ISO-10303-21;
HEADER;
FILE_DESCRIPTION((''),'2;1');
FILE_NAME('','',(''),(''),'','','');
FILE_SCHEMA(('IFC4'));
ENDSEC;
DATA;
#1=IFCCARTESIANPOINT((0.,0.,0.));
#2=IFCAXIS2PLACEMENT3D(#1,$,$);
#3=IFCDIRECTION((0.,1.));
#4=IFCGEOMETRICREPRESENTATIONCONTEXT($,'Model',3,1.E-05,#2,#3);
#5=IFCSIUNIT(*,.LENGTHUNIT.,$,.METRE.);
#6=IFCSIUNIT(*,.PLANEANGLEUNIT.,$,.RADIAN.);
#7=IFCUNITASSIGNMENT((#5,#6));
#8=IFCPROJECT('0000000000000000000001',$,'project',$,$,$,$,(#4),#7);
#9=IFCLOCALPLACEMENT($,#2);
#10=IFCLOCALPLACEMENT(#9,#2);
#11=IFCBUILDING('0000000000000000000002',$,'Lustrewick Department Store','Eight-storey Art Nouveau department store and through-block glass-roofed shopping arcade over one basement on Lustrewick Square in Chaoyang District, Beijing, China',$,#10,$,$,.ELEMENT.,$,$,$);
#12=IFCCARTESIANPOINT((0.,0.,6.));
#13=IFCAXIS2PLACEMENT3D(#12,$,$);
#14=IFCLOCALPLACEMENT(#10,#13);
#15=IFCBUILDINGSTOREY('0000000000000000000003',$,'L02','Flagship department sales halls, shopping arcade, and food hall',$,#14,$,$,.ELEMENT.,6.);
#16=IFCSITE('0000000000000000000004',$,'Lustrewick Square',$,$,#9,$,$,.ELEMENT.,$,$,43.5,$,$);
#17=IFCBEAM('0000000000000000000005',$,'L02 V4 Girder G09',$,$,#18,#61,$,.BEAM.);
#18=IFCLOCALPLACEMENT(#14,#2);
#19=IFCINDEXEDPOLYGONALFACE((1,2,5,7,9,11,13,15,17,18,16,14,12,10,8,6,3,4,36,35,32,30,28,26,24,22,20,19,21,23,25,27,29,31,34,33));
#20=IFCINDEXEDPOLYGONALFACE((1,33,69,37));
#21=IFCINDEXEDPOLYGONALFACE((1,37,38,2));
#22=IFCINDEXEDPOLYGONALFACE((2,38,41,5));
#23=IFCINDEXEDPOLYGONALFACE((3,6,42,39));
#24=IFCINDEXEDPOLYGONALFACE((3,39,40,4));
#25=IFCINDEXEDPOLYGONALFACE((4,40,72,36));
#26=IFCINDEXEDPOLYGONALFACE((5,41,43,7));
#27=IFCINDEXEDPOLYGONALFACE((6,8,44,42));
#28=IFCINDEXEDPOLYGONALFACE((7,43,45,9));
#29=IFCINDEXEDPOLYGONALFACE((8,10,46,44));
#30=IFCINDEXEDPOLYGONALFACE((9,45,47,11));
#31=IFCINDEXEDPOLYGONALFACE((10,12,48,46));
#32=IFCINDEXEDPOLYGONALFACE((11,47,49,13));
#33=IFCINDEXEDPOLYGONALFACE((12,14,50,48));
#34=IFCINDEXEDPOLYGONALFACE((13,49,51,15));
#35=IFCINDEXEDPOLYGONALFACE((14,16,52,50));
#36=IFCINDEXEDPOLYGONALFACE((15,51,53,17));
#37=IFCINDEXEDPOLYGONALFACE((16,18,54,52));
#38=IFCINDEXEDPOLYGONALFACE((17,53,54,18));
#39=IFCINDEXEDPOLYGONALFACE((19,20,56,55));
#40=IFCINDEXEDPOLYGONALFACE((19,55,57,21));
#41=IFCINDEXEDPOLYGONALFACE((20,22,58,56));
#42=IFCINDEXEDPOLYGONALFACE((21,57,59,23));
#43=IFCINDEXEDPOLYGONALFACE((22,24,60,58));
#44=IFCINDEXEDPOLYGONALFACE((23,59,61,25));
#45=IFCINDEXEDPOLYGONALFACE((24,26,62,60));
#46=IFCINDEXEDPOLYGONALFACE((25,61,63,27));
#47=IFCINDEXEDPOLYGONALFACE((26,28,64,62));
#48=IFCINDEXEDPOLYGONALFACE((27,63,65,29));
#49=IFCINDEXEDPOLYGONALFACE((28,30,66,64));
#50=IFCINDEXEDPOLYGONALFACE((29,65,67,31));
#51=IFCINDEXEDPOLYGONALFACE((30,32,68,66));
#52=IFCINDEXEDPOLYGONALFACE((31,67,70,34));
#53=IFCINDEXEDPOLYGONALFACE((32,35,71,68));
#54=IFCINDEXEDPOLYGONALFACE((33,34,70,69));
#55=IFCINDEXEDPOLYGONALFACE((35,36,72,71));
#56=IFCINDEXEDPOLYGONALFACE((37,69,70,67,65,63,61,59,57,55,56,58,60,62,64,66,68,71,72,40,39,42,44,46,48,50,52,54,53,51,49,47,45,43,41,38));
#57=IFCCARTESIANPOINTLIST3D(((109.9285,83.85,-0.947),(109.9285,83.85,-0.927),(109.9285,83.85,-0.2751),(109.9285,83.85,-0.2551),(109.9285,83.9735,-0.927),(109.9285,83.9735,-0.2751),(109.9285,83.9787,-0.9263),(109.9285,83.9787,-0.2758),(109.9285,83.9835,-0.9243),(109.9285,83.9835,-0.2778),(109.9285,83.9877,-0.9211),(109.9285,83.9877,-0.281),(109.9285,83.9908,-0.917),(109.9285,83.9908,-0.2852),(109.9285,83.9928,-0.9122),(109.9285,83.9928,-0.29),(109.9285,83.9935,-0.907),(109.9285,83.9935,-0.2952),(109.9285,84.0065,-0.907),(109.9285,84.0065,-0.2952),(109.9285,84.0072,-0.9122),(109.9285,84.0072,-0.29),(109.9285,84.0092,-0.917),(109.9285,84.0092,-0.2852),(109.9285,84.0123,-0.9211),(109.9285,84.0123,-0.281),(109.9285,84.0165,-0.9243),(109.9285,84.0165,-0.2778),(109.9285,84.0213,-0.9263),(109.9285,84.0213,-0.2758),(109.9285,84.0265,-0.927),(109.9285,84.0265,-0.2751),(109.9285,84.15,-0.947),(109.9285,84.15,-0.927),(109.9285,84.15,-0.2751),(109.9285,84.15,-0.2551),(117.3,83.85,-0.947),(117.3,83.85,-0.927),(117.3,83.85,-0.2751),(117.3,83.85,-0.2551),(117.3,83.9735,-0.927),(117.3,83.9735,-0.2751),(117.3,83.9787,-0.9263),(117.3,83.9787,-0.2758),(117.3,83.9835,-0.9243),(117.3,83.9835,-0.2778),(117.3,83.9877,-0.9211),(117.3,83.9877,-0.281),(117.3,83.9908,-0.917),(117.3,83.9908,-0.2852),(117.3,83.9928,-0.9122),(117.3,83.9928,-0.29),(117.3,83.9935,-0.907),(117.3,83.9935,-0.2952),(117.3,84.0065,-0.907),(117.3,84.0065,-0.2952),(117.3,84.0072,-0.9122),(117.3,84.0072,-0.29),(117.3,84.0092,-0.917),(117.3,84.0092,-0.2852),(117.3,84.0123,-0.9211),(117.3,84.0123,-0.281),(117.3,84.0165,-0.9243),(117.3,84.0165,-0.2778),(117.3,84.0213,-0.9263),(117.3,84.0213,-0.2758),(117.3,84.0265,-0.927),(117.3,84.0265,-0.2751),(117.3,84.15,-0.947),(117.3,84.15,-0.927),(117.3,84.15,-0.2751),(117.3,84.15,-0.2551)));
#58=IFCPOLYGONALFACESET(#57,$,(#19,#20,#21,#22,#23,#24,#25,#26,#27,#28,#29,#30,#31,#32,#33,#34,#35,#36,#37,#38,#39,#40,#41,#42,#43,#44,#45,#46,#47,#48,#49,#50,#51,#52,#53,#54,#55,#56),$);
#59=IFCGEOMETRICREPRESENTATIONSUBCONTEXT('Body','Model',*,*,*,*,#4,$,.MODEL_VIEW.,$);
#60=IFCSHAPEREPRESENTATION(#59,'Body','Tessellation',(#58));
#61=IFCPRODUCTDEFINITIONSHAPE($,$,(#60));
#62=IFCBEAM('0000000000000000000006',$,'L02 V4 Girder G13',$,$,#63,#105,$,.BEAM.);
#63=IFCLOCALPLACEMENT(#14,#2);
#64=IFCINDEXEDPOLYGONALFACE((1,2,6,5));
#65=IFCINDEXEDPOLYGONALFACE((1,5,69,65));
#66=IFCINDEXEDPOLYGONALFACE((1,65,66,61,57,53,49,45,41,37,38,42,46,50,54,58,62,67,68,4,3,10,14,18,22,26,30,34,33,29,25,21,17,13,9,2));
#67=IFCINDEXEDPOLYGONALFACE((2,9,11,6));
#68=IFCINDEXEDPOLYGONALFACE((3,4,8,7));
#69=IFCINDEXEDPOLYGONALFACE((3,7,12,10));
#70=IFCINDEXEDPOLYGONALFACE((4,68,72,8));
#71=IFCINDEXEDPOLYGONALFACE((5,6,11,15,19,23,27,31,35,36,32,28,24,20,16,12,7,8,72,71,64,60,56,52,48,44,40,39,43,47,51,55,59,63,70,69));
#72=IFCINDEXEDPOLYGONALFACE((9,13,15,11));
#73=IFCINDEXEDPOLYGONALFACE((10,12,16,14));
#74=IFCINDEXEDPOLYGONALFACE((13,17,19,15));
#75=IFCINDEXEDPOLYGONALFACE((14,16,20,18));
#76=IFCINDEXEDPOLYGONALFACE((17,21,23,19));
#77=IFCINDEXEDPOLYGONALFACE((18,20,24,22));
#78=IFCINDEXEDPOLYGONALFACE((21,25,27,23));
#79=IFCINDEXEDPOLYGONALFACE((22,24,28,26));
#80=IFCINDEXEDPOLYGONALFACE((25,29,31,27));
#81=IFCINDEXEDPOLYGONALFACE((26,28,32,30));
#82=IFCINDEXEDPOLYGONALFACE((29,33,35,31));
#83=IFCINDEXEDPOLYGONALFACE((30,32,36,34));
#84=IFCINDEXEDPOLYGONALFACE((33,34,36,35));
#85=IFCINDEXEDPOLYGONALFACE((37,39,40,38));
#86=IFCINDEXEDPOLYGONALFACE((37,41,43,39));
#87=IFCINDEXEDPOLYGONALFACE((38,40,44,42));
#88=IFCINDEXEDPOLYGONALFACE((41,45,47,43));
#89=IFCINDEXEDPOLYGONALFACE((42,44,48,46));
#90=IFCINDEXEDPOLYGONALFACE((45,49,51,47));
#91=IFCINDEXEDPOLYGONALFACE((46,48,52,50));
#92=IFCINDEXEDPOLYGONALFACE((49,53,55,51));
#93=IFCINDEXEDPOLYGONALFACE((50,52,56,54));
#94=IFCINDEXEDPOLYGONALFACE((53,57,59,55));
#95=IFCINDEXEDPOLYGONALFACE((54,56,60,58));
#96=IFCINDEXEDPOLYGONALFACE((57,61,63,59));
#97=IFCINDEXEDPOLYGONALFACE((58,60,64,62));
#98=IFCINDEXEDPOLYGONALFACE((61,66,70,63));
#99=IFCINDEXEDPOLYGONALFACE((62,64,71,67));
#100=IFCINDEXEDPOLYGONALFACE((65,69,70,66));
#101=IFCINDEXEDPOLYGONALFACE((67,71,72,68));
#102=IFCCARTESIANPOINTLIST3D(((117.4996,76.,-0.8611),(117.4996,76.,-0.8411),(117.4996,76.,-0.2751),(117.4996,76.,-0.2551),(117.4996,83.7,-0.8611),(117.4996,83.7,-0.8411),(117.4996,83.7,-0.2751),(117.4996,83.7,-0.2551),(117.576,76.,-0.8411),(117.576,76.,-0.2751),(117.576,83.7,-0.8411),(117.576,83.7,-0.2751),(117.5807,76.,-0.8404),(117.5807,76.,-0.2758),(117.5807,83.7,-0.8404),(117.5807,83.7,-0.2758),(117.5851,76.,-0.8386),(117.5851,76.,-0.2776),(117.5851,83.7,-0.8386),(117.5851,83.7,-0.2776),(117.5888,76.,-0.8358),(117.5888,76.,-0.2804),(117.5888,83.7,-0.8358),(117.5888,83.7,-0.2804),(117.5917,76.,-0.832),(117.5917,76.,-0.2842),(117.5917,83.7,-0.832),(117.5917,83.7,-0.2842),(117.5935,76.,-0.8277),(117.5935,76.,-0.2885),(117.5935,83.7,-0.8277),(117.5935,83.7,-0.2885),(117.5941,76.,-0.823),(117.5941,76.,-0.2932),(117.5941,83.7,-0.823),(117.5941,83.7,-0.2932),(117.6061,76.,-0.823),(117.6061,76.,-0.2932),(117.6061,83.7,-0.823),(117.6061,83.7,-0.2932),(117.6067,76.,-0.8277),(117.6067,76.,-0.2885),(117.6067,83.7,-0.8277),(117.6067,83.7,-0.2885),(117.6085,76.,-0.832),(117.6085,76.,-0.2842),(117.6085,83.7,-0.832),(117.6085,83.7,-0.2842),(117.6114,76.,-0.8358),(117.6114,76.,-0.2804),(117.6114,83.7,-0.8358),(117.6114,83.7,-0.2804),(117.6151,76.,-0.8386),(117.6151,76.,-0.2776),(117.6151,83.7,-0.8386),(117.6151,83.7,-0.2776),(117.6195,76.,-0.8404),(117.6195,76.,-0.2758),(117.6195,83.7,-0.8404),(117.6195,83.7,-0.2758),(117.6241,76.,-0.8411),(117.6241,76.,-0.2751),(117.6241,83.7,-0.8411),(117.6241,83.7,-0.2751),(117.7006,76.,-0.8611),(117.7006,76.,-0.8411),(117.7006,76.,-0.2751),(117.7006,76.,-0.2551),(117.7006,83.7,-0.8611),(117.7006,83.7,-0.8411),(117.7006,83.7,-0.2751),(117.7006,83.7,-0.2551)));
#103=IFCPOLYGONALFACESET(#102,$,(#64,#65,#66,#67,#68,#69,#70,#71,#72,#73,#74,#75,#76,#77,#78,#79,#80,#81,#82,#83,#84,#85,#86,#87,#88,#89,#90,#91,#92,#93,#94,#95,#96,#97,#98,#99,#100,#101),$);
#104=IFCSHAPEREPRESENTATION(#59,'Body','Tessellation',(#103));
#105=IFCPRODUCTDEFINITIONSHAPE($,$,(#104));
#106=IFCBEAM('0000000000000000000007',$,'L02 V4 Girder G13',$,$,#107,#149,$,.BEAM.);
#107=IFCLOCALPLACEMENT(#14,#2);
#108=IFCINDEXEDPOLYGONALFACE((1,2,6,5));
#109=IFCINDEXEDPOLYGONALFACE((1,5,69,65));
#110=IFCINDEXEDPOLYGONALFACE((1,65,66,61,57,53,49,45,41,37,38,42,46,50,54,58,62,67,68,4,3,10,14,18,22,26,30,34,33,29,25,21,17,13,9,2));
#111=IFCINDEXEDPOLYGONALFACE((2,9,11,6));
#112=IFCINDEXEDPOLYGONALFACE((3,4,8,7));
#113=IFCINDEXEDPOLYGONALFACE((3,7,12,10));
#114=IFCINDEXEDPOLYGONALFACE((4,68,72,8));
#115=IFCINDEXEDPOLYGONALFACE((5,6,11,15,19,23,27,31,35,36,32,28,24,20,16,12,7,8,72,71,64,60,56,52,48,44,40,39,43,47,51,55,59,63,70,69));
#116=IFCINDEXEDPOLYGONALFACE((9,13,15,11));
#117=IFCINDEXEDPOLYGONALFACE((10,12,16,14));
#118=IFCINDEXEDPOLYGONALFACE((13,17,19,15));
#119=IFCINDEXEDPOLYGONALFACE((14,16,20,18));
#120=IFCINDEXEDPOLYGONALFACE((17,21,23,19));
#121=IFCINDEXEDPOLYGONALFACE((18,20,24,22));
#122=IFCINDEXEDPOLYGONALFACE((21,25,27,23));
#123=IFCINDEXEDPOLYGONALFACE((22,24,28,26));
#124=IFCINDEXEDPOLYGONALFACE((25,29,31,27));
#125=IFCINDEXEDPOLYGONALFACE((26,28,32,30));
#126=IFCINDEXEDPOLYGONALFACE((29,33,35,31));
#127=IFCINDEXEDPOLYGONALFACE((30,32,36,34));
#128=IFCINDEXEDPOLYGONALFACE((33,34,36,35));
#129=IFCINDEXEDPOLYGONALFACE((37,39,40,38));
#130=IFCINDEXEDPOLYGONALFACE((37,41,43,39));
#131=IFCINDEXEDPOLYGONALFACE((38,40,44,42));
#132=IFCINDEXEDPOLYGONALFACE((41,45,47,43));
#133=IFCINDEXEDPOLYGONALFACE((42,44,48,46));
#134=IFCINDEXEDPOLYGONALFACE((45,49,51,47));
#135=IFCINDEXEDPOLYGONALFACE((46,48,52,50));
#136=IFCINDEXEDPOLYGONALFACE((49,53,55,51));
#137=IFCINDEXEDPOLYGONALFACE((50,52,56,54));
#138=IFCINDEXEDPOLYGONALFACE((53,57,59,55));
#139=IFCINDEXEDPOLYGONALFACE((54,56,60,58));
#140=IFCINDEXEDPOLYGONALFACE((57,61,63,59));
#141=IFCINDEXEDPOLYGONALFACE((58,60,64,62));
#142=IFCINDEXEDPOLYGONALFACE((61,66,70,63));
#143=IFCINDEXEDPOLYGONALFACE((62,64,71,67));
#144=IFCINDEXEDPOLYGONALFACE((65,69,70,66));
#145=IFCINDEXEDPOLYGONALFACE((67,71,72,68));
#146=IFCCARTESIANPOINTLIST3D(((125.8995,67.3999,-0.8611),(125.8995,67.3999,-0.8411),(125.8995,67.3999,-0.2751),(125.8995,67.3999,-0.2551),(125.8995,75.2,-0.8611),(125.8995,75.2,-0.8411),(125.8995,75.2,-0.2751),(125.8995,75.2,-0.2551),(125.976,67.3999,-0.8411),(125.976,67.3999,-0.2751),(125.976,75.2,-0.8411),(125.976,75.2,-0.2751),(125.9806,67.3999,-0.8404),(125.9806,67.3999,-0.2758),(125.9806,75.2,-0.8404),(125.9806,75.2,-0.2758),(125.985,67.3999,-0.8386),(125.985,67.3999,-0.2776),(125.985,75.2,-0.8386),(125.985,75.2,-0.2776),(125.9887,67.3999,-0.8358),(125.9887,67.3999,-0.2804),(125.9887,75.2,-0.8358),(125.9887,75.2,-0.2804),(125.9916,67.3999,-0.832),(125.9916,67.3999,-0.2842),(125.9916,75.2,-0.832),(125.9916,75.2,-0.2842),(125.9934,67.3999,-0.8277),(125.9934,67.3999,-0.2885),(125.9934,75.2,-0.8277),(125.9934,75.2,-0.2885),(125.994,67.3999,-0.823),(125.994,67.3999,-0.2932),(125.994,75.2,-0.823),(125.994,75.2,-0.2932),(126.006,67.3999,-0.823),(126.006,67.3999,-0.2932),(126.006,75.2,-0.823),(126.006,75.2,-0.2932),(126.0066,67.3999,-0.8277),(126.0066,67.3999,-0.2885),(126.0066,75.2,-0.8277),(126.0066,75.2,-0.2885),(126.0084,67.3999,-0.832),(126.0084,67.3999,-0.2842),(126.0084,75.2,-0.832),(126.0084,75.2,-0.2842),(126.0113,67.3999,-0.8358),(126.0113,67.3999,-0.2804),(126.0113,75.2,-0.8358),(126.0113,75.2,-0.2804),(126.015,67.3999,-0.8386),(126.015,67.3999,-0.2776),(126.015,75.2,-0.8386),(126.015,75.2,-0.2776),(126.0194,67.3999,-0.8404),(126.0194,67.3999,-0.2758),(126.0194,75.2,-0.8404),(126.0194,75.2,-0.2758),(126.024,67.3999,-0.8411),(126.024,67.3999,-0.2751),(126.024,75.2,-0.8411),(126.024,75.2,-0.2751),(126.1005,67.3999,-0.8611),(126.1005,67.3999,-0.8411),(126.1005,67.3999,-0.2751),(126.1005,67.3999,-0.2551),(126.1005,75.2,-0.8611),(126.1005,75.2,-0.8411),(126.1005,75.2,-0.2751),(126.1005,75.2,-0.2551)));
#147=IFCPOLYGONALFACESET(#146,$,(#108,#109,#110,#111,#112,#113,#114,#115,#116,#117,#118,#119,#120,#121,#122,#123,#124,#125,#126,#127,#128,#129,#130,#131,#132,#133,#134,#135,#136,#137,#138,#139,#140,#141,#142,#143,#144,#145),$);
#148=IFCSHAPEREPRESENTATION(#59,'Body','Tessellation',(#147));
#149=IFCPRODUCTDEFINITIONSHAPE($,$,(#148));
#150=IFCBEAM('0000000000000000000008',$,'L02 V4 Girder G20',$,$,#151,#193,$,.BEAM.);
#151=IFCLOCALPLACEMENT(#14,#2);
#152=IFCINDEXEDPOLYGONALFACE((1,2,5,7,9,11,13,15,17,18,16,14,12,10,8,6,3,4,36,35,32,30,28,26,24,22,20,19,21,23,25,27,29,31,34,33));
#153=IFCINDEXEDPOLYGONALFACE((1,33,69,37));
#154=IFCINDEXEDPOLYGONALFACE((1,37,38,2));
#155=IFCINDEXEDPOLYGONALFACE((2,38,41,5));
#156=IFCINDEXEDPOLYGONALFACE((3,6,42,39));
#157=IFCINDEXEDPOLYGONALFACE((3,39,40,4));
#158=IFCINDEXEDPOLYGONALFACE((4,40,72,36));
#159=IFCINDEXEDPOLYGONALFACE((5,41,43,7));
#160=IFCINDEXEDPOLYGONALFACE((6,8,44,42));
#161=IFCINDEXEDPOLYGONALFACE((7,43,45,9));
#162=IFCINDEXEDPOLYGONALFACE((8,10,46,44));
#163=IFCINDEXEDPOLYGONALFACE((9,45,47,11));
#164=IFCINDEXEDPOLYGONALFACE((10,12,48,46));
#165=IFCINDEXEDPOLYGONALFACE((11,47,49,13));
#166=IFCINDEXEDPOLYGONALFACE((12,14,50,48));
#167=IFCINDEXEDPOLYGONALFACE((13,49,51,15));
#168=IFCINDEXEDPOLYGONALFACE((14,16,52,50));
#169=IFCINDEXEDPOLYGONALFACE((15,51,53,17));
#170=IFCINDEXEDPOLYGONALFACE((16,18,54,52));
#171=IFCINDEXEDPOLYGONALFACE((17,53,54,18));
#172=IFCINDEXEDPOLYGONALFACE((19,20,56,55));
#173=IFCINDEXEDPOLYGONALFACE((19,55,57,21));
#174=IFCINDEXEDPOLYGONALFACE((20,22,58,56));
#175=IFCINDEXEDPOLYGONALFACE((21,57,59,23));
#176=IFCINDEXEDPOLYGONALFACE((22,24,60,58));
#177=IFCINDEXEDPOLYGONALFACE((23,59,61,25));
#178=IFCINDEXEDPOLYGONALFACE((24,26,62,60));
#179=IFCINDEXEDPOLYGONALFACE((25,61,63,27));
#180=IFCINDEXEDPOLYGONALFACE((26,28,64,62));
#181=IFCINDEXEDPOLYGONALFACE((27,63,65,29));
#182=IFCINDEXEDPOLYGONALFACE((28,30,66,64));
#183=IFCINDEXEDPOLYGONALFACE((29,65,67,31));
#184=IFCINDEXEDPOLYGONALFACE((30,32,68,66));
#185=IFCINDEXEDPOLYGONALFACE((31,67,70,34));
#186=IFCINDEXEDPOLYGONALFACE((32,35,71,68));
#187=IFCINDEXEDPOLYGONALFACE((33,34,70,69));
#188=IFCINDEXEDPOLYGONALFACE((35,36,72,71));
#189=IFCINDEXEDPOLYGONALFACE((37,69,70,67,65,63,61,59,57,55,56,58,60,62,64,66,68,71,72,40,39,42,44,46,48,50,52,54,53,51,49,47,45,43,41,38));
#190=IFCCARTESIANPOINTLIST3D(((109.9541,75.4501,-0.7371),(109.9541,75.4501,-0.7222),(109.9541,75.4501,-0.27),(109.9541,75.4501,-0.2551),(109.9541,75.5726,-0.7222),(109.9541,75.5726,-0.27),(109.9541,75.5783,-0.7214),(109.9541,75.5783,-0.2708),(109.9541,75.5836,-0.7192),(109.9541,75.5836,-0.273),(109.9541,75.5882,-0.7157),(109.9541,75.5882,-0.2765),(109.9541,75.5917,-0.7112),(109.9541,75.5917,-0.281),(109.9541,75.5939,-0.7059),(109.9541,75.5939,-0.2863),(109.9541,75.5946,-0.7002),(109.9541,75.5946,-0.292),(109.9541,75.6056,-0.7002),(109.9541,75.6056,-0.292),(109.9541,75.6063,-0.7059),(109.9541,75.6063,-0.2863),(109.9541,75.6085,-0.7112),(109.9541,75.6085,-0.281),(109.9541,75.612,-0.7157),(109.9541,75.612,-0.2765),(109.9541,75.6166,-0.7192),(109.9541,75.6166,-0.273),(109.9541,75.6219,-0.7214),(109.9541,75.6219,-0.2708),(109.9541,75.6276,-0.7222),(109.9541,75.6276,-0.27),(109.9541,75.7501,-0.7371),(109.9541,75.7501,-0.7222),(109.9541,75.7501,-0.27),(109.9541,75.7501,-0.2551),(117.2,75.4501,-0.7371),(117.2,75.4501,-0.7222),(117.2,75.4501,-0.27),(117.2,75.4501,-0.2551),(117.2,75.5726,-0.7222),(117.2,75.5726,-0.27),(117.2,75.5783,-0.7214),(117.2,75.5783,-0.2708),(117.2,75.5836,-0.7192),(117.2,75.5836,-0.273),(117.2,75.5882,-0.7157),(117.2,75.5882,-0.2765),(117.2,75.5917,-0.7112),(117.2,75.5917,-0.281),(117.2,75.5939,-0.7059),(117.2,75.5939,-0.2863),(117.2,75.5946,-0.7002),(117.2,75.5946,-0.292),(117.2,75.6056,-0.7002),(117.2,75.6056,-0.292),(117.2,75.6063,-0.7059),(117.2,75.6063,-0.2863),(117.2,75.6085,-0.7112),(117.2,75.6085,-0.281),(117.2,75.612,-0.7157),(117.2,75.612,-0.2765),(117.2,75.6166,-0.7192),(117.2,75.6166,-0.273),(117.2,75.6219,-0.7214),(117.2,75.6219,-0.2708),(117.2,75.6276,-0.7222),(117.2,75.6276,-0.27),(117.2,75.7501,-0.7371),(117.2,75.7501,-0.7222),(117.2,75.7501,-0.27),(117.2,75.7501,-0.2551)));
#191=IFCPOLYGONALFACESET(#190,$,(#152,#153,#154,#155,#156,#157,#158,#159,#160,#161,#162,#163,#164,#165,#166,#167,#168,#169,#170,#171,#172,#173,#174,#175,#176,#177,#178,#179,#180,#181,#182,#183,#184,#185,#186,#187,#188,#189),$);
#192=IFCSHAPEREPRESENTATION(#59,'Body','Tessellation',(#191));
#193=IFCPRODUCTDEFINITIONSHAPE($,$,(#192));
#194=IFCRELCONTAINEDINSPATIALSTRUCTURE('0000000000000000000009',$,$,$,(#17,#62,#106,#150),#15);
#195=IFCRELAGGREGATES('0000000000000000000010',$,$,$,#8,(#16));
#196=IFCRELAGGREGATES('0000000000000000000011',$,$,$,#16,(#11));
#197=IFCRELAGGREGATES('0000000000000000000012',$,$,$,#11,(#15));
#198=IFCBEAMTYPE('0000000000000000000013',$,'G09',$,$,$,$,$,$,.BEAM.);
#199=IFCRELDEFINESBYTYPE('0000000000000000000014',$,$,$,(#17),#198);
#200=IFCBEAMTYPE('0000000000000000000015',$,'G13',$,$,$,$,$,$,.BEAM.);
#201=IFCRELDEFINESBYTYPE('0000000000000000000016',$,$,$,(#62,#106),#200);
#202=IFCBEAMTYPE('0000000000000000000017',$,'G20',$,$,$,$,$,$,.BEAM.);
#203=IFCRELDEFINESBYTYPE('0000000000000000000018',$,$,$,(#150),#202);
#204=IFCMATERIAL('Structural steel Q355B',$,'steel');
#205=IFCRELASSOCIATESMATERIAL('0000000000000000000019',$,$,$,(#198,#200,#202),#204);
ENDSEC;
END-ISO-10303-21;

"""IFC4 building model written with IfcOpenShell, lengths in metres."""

from ifc_helpers import new_model, si_unit, direction, frame, origin, origin_2d, place, context, subcontext, project, spatial, i_section, extrude, material, material_profile, profile_set, type_object, element, save


model = new_model("IFC4")

# Units and contexts
model_context = context("Model", 3, precision=1e-05, world=origin(), true_north=direction((0.0, 1.0)))
body_context = subcontext(model_context, "Body", "Model", "MODEL_VIEW")
ifc_project = project(units=[si_unit("LENGTHUNIT", "METRE"), si_unit("PLANEANGLEUNIT", "RADIAN")], contexts=[model_context])

# Site, building, storey
site_placement = place(None, origin())
site = spatial("IfcSite", under=ifc_project, at=site_placement, Name="Lustrewick Square", CompositionType="ELEMENT", RefElevation=43.5)
building_placement = place(site_placement, origin())
building = spatial("IfcBuilding", under=site, at=building_placement, Name="Lustrewick Department Store", Description="Eight-storey Art Nouveau department store and through-block glass-roofed shopping arcade over one basement on Lustrewick Square in Chaoyang District, Beijing, China", CompositionType="ELEMENT")
storey_placement = place(building_placement, frame((0.0, 0.0, 6.0)))
storey = spatial("IfcBuildingStorey", under=building, at=storey_placement, Name="L02", Description="Flagship department sales halls, shopping arcade, and food hall", CompositionType="ELEMENT", Elevation=6.0)

# Shared definitions
ifc_material_1 = material(Name="Structural steel Q355B", Category="steel")

# Beams
ifc_material_profile_1 = material_profile(ifc_material_1, i_section(OverallWidth=0.3, OverallDepth=0.6919, WebThickness=0.0129, FlangeThickness=0.02, FilletRadius=0.02, at=origin_2d()), Name="HN 692x300x13x20")
ifc_profile_set_1 = profile_set([ifc_material_profile_1], Name="Structural steel Q355B")
beam_type_1 = type_object("IfcBeamType", Name="G09", PredefinedType="BEAM", material=ifc_profile_set_1)
beam_1_placement = place(storey_placement, frame((109.9285, 84.0, -0.6011), z_axis=(1.0, 0.0, 0.0), x_axis=(0.0, 1.0, 0.0)))
element("IfcBeam", 1, at=beam_1_placement, inside=storey, type_object=beam_type_1, Name="L02 V4 Girder G09", PredefinedType="BEAM", context=body_context, shape_type="SweptSolid", body=[
    extrude(i_section(OverallWidth=0.3, OverallDepth=0.6919, WebThickness=0.0129, FlangeThickness=0.02, FilletRadius=0.02, at=origin_2d()), origin(), (0.0, 0.0, 1.0), 7.3716),
])
ifc_material_profile_2 = material_profile(ifc_material_1, i_section(OverallWidth=0.2009, OverallDepth=0.606, WebThickness=0.012, FlangeThickness=0.02, FilletRadius=0.0181, at=origin_2d()), Name="HN 606x201x12x20")
ifc_profile_set_2 = profile_set([ifc_material_profile_2], Name="Structural steel Q355B")
beam_type_2 = type_object("IfcBeamType", Name="G13", PredefinedType="BEAM", material=ifc_profile_set_2)
beam_2_placement = place(storey_placement, frame((117.6001, 76.0, -0.5581), z_axis=(0.0, 1.0, 0.0), x_axis=(-1.0, 0.0, 0.0)))
element("IfcBeam", 2, at=beam_2_placement, inside=storey, type_object=beam_type_2, Name="L02 V4 Girder G13", PredefinedType="BEAM", context=body_context, shape_type="SweptSolid", body=[
    extrude(i_section(OverallWidth=0.2009, OverallDepth=0.606, WebThickness=0.012, FlangeThickness=0.02, FilletRadius=0.0181, at=origin_2d()), origin(), (0.0, 0.0, 1.0), 7.7),
])
beam_3_placement = place(storey_placement, frame((126.0, 67.3999, -0.5581), z_axis=(0.0, 1.0, 0.0), x_axis=(-1.0, 0.0, 0.0)))
element("IfcBeam", 3, at=beam_3_placement, inside=storey, type_object=beam_type_2, Name="L02 V4 Girder G13", PredefinedType="BEAM", context=body_context, shape_type="SweptSolid", body=[
    extrude(i_section(OverallWidth=0.2009, OverallDepth=0.606, WebThickness=0.012, FlangeThickness=0.02, FilletRadius=0.0181, at=origin_2d()), origin(), (0.0, 0.0, 1.0), 7.8),
])
ifc_material_profile_3 = material_profile(ifc_material_1, i_section(OverallWidth=0.3, OverallDepth=0.4819, WebThickness=0.011, FlangeThickness=0.0149, FilletRadius=0.022, at=origin_2d()), Name="HM 482x300x11x15")
ifc_profile_set_3 = profile_set([ifc_material_profile_3], Name="Structural steel Q355B")
beam_type_3 = type_object("IfcBeamType", Name="G20", PredefinedType="BEAM", material=ifc_profile_set_3)
beam_4_placement = place(storey_placement, frame((109.9541, 75.6001, -0.4961), z_axis=(1.0, 0.0, 0.0), x_axis=(0.0, 1.0, 0.0)))
element("IfcBeam", 4, at=beam_4_placement, inside=storey, type_object=beam_type_3, Name="L02 V4 Girder G20", PredefinedType="BEAM", context=body_context, shape_type="SweptSolid", body=[
    extrude(i_section(OverallWidth=0.3, OverallDepth=0.4819, WebThickness=0.011, FlangeThickness=0.0149, FilletRadius=0.022, at=origin_2d()), origin(), (0.0, 0.0, 1.0), 7.2458),
])

save(model, "model.ifc")
